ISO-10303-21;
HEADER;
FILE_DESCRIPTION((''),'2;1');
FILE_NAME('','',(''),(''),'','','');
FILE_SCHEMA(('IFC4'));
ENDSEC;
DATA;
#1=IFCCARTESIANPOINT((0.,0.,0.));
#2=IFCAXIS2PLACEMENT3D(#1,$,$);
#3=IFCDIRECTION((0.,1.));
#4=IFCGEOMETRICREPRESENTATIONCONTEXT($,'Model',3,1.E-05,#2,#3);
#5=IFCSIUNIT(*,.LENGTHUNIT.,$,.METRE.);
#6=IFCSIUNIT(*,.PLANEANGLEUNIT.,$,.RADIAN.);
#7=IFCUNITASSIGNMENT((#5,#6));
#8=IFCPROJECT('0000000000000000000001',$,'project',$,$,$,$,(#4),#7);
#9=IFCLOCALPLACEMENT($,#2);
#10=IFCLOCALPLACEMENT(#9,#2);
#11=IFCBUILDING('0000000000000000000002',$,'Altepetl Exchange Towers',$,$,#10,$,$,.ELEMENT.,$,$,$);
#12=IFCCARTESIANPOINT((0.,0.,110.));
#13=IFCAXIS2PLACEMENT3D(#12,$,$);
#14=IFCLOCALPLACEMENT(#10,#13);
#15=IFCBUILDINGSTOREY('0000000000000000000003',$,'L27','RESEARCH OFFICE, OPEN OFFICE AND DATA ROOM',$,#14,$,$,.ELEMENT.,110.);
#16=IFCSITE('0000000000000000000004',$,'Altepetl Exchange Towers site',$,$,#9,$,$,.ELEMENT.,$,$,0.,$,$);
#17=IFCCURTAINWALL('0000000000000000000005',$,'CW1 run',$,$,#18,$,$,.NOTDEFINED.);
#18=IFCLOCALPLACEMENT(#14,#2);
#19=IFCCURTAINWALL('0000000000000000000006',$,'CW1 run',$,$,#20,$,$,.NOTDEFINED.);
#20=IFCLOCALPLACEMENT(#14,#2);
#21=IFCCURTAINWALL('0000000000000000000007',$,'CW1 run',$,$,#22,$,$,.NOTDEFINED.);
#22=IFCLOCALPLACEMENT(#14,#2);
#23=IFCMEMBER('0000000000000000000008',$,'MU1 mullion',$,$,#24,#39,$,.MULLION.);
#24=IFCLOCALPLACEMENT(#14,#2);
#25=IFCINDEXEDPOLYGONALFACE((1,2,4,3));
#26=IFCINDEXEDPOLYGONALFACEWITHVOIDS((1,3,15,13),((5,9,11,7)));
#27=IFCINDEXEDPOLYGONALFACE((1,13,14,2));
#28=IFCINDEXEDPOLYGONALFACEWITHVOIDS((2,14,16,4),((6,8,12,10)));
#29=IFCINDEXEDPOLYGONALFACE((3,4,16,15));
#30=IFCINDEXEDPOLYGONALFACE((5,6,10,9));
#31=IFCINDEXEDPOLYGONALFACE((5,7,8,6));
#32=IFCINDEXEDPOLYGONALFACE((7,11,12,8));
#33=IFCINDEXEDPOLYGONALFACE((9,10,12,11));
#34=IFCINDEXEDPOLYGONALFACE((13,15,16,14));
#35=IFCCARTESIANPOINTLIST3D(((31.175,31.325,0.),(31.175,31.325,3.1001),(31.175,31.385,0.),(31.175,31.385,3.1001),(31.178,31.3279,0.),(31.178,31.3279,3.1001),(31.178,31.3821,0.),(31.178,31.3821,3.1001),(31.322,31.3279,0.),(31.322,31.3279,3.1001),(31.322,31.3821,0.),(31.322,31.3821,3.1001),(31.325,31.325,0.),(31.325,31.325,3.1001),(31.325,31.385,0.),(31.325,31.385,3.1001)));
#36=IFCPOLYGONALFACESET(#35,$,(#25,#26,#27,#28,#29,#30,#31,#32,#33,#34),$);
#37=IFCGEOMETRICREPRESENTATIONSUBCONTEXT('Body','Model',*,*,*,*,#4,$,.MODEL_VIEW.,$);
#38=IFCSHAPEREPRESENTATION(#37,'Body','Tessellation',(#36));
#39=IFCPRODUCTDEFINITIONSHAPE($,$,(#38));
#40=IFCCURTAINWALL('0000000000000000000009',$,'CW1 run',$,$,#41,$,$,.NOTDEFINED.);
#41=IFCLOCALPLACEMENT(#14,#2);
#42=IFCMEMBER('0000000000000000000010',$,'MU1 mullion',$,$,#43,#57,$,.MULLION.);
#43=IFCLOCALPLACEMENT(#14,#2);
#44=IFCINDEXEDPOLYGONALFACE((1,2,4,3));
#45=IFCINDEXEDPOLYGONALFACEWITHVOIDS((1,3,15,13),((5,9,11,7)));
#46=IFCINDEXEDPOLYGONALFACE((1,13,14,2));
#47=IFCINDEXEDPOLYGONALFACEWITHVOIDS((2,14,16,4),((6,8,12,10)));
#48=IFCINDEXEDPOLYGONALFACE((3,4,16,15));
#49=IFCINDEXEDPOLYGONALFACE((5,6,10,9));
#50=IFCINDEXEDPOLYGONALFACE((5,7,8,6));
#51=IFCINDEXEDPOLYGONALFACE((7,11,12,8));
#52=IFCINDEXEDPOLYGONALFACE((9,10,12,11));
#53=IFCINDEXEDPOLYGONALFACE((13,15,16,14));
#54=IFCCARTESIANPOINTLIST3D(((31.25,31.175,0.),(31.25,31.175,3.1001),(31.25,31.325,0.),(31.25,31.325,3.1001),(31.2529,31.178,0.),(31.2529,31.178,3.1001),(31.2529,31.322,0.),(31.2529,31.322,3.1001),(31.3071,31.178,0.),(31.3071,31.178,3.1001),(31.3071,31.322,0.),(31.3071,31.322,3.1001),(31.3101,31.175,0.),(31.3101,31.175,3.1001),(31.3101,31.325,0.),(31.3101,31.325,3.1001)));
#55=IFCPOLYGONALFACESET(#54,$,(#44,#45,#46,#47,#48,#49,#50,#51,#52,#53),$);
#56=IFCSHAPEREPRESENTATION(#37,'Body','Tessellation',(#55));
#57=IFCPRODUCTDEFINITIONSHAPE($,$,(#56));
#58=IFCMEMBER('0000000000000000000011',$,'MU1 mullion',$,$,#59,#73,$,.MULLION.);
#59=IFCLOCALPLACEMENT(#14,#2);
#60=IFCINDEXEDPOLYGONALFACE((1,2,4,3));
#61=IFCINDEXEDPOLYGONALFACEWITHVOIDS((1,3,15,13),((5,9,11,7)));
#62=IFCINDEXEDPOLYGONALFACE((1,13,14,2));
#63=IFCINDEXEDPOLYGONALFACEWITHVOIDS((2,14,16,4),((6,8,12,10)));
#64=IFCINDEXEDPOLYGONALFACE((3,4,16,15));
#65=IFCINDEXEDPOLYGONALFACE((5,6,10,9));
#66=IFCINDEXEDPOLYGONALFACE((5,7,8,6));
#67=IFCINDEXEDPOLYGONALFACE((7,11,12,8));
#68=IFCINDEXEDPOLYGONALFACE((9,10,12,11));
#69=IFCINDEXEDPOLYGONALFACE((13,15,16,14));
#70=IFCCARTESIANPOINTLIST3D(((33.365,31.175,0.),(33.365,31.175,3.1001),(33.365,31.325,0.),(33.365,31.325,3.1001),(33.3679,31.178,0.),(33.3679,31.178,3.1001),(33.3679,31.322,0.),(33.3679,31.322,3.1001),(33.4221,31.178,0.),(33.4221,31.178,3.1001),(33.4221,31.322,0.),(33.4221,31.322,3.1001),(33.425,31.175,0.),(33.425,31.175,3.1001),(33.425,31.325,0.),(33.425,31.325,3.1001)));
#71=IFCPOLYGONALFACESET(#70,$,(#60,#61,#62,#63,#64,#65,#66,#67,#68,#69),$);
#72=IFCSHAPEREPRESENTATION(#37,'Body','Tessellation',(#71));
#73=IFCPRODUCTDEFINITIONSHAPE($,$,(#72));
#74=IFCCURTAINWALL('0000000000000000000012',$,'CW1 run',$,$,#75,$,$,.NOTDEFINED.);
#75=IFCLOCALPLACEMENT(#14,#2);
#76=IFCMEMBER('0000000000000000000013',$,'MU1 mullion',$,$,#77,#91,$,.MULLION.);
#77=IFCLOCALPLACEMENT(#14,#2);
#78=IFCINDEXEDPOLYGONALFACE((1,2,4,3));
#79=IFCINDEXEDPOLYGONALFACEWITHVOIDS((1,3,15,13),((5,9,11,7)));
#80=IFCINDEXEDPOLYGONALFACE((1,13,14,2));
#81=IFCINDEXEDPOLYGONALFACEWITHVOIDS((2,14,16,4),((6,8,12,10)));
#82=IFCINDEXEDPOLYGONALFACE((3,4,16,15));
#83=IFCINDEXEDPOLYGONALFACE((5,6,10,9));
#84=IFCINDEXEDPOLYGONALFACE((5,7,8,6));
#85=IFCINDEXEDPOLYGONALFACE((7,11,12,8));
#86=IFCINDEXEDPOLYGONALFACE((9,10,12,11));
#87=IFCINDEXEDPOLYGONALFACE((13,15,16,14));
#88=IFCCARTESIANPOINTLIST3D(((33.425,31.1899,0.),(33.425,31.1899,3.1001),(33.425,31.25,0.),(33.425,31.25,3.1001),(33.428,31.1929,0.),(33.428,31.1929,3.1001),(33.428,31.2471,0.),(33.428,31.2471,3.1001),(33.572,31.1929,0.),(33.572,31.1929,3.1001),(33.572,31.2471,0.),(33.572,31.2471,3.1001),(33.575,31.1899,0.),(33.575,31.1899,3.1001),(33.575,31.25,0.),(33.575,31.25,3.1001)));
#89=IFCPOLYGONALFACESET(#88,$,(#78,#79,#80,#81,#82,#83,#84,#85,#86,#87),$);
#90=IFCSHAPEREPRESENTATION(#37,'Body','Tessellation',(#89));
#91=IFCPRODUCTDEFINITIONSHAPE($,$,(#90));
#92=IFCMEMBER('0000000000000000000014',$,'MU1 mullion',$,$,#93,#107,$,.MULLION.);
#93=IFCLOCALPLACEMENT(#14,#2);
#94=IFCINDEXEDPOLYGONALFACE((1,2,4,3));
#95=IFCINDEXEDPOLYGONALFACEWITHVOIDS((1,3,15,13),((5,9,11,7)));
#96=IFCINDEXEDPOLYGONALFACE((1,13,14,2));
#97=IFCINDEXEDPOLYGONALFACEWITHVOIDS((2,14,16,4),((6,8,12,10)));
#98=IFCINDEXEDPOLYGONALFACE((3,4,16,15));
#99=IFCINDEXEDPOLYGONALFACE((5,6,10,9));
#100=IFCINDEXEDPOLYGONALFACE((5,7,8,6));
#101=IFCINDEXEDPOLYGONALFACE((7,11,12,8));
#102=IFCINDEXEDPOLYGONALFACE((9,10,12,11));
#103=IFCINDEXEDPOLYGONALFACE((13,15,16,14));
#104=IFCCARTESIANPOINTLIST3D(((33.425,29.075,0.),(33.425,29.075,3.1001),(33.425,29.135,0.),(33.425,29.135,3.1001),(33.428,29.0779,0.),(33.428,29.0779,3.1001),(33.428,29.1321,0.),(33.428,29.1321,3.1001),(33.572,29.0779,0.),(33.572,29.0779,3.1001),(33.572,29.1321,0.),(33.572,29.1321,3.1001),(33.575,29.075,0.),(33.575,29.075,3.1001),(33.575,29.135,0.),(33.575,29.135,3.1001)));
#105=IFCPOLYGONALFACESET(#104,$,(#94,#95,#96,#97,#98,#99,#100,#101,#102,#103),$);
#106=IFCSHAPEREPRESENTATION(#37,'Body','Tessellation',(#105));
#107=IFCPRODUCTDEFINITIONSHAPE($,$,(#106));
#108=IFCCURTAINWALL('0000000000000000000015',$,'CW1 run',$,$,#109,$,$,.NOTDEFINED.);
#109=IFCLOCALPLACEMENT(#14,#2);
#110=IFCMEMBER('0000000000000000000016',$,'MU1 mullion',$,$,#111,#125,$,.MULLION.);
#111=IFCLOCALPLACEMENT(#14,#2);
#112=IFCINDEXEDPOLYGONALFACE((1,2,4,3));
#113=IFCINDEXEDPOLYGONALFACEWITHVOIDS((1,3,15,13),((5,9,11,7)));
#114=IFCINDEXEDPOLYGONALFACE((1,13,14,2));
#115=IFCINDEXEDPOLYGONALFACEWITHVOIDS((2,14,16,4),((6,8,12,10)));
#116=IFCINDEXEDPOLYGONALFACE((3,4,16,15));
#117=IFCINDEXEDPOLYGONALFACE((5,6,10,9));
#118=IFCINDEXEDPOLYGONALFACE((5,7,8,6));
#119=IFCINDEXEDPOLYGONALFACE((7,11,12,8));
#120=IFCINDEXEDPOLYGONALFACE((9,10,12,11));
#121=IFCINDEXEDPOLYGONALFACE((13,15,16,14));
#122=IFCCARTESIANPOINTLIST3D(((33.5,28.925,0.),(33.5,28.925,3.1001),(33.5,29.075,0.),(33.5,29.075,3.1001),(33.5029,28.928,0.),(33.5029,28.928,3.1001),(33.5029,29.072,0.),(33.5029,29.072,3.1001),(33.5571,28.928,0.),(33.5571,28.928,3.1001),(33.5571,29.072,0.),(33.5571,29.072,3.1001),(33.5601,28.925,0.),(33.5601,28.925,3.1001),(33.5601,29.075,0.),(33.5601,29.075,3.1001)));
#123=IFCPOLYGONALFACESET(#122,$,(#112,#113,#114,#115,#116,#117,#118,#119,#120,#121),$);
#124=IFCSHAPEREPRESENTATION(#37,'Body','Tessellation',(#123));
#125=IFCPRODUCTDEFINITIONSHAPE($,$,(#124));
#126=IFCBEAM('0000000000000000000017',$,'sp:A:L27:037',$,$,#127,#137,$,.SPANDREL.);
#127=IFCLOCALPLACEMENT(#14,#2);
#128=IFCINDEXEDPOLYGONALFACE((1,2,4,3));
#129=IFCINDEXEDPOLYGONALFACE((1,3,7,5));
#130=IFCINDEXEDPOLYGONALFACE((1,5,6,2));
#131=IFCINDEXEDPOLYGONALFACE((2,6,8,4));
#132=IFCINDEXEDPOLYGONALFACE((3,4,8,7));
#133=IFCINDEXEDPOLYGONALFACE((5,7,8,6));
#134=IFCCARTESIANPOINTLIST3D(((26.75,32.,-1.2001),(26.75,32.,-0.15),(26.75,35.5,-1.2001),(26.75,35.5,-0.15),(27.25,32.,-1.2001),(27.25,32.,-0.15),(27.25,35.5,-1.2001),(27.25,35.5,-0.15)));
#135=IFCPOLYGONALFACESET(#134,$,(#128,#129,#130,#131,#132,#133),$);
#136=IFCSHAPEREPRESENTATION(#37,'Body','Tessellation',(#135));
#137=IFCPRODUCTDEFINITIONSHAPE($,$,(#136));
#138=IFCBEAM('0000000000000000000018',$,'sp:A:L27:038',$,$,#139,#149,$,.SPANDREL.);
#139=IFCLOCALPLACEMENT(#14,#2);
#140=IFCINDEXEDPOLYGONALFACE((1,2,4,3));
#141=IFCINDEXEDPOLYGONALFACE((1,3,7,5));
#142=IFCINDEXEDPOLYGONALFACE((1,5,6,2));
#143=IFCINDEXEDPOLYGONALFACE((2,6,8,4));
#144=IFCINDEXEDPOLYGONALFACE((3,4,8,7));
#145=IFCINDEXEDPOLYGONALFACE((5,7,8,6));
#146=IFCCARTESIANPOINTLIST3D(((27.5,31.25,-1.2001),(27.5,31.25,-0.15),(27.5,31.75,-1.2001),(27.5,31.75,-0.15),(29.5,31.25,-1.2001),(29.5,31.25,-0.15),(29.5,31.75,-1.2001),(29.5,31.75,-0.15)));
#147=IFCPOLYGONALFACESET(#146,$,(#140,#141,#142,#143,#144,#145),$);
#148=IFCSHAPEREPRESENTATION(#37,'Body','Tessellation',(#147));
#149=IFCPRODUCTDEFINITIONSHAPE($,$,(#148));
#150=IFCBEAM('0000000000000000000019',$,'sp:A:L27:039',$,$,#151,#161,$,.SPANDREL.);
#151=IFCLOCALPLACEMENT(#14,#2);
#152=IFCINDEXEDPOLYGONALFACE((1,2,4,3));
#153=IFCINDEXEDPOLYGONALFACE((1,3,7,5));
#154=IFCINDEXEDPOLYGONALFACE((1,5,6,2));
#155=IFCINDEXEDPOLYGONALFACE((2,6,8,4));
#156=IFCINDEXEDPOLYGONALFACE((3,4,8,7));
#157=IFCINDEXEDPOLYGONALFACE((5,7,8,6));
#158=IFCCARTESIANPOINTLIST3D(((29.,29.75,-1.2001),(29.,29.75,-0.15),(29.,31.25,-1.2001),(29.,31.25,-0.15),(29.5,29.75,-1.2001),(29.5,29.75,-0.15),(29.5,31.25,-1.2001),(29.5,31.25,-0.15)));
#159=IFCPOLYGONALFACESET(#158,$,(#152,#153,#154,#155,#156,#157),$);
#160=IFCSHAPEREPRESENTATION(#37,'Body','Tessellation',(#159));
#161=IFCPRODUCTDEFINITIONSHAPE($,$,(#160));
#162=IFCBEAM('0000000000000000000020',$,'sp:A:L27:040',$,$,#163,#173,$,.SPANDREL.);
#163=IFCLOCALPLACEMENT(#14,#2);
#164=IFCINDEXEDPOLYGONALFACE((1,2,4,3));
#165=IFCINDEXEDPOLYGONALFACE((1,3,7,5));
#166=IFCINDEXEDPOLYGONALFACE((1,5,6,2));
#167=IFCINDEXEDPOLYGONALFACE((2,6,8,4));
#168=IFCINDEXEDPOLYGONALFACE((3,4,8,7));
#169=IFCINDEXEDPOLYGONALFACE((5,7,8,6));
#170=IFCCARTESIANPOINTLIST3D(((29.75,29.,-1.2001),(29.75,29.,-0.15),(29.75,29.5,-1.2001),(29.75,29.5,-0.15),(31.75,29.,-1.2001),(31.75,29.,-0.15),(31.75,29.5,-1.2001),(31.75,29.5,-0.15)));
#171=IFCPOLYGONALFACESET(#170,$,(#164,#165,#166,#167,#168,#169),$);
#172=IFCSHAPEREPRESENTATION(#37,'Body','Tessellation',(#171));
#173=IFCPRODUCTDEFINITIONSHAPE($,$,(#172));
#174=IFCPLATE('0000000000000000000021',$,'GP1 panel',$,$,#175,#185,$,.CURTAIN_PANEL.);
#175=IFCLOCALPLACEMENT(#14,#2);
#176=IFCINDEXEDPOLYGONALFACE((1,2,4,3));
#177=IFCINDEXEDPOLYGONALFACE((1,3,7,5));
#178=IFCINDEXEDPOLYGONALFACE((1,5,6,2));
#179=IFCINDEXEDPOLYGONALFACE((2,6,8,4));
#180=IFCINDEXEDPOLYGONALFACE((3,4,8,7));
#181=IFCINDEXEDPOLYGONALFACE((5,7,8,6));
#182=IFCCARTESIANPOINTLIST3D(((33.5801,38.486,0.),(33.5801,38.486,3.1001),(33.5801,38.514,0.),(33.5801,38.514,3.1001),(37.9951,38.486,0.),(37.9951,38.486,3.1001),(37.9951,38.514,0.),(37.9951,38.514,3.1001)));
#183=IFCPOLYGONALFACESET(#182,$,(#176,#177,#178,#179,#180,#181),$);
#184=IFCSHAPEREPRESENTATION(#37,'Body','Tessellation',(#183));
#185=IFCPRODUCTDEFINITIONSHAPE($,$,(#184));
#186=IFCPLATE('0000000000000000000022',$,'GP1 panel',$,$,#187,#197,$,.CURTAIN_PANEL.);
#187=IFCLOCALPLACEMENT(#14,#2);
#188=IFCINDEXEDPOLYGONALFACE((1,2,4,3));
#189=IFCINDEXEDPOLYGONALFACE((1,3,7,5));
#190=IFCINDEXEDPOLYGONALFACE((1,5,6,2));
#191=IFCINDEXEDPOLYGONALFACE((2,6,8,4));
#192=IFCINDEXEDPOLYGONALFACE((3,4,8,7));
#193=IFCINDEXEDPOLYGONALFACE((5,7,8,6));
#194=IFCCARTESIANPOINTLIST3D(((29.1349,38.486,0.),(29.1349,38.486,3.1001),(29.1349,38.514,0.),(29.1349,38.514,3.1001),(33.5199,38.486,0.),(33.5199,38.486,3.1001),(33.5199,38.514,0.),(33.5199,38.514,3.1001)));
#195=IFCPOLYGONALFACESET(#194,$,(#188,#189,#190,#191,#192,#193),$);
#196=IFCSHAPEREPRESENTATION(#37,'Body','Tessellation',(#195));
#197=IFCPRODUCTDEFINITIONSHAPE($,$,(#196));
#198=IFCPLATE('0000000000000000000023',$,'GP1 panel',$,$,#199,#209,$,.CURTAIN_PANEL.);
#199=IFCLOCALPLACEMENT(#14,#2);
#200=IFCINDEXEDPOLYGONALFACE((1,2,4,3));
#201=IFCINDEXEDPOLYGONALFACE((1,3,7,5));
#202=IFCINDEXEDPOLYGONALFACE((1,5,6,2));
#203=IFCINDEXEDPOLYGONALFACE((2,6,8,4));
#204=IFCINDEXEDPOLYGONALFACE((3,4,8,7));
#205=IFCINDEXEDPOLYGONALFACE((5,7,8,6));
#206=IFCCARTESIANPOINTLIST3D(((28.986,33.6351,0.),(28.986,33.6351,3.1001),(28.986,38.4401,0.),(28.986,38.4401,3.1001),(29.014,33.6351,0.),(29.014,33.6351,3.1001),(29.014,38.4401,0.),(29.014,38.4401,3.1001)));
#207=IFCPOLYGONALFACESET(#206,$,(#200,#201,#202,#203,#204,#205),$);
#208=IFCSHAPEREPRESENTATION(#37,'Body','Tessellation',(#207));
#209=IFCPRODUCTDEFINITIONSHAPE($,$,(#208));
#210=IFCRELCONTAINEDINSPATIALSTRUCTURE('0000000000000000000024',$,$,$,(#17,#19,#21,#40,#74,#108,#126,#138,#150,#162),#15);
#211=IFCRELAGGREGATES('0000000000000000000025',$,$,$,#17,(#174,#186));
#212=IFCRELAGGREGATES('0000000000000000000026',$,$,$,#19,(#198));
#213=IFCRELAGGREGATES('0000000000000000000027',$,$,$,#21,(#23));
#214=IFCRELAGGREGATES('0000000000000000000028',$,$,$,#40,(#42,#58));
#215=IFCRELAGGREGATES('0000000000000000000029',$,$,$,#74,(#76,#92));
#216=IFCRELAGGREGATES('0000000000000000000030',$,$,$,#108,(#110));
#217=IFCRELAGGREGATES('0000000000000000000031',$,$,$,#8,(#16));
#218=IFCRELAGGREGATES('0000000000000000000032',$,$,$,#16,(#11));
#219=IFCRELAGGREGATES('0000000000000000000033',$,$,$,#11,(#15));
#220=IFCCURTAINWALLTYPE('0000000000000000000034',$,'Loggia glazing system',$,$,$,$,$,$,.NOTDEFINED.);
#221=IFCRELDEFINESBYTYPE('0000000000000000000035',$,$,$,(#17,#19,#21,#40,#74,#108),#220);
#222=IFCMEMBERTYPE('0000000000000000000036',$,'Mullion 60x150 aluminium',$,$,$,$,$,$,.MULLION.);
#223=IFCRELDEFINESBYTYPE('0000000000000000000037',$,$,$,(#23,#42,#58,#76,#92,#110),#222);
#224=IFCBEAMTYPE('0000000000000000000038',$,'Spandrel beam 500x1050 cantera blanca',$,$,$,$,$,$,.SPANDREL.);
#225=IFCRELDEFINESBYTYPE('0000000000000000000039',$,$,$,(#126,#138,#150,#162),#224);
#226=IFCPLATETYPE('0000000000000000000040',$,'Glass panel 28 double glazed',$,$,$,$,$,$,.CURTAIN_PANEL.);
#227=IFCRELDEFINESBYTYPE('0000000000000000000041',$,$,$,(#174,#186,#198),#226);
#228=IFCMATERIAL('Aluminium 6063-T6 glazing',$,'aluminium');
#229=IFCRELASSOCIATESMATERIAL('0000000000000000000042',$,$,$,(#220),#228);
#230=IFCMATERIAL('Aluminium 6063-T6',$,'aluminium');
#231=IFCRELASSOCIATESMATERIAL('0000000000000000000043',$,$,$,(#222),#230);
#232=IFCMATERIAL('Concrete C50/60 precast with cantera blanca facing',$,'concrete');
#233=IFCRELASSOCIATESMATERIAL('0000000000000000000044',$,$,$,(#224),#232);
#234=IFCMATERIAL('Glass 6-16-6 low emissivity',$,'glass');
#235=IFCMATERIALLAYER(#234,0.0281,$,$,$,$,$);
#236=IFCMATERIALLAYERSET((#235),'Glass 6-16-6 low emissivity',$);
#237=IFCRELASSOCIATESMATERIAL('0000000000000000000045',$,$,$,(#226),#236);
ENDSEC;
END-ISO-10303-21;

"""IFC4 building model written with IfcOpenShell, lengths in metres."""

from ifc_helpers import new_model, si_unit, direction, frame, origin, origin_2d, place, context, subcontext, project, spatial, rectangle, hollow_rectangle, extrude, material, layer, layer_set, material_profile, profile_set, type_object, element, aggregate, save


model = new_model("IFC4")

# Units and contexts
model_context = context("Model", 3, precision=1e-05, world=origin(), true_north=direction((0.0, 1.0)))
body_context = subcontext(model_context, "Body", "Model", "MODEL_VIEW")
ifc_project = project(units=[si_unit("LENGTHUNIT", "METRE"), si_unit("PLANEANGLEUNIT", "RADIAN")], contexts=[model_context])

# Site, building, storey
site_placement = place(None, origin())
site = spatial("IfcSite", under=ifc_project, at=site_placement, Name="Altepetl Exchange Towers site", CompositionType="ELEMENT", RefElevation=0.0)
building_placement = place(site_placement, origin())
building = spatial("IfcBuilding", under=site, at=building_placement, Name="Altepetl Exchange Towers", CompositionType="ELEMENT")
storey_placement = place(building_placement, frame((0.0, 0.0, 110.0)))
storey = spatial("IfcBuildingStorey", under=building, at=storey_placement, Name="L27", Description="RESEARCH OFFICE, OPEN OFFICE AND DATA ROOM", CompositionType="ELEMENT", Elevation=110.0)

# Curtain walls, members
ifc_material_1 = material(Name="Aluminium 6063-T6 glazing", Category="aluminium")
curtain_wall_type = type_object("IfcCurtainWallType", Name="Loggia glazing system", PredefinedType="NOTDEFINED", material=ifc_material_1)
curtain_wall_1_placement = place(storey_placement, origin())
curtain_wall_1 = element("IfcCurtainWall", 1, at=curtain_wall_1_placement, inside=storey, type_object=curtain_wall_type, Name="CW1 run", PredefinedType="NOTDEFINED")
ifc_material_2 = material(Name="Aluminium 6063-T6", Category="aluminium")
ifc_material_profile_1 = material_profile(ifc_material_2, hollow_rectangle(XDim=0.0601, YDim=0.1499, WallThickness=0.0029, at=origin_2d()), Name="Mullion 60x150 aluminium")
ifc_profile_set_1 = profile_set([ifc_material_profile_1], Name="Aluminium 6063-T6")
member_type = type_object("IfcMemberType", Name="Mullion 60x150 aluminium", PredefinedType="MULLION", material=ifc_profile_set_1)
curtain_wall_2_placement = place(storey_placement, origin())
curtain_wall_2 = element("IfcCurtainWall", 2, at=curtain_wall_2_placement, inside=storey, type_object=curtain_wall_type, Name="CW1 run", PredefinedType="NOTDEFINED")
curtain_wall_3_placement = place(storey_placement, origin())
curtain_wall_3 = element("IfcCurtainWall", 3, at=curtain_wall_3_placement, inside=storey, type_object=curtain_wall_type, Name="CW1 run", PredefinedType="NOTDEFINED")
member_1_placement = place(storey_placement, frame((31.25, 31.355, 0.0), z_axis=(0.0, 0.0, 1.0), x_axis=(0.0, -1.0, 0.0)))
member_1 = element("IfcMember", 4, at=member_1_placement, type_object=member_type, Name="MU1 mullion", PredefinedType="MULLION", context=body_context, shape_type="SweptSolid", body=[
    extrude(hollow_rectangle(XDim=0.0601, YDim=0.1499, WallThickness=0.0029, at=origin_2d()), origin(), (0.0, 0.0, 1.0), 3.1001),
])
curtain_wall_4_placement = place(storey_placement, origin())
curtain_wall_4 = element("IfcCurtainWall", 5, at=curtain_wall_4_placement, inside=storey, type_object=curtain_wall_type, Name="CW1 run", PredefinedType="NOTDEFINED")
member_2_placement = place(storey_placement, frame((31.28, 31.25, 0.0)))
member_2 = element("IfcMember", 6, at=member_2_placement, type_object=member_type, Name="MU1 mullion", PredefinedType="MULLION", context=body_context, shape_type="SweptSolid", body=[
    extrude(hollow_rectangle(XDim=0.0601, YDim=0.1499, WallThickness=0.0029, at=origin_2d()), origin(), (0.0, 0.0, 1.0), 3.1001),
])
member_3_placement = place(storey_placement, frame((33.395, 31.25, 0.0)))
member_3 = element("IfcMember", 7, at=member_3_placement, type_object=member_type, Name="MU1 mullion", PredefinedType="MULLION", context=body_context, shape_type="SweptSolid", body=[
    extrude(hollow_rectangle(XDim=0.0601, YDim=0.1499, WallThickness=0.0029, at=origin_2d()), origin(), (0.0, 0.0, 1.0), 3.1001),
])
curtain_wall_5_placement = place(storey_placement, origin())
curtain_wall_5 = element("IfcCurtainWall", 8, at=curtain_wall_5_placement, inside=storey, type_object=curtain_wall_type, Name="CW1 run", PredefinedType="NOTDEFINED")
member_4_placement = place(storey_placement, frame((33.5, 31.22, 0.0), z_axis=(0.0, 0.0, 1.0), x_axis=(0.0, -1.0, 0.0)))
member_4 = element("IfcMember", 9, at=member_4_placement, type_object=member_type, Name="MU1 mullion", PredefinedType="MULLION", context=body_context, shape_type="SweptSolid", body=[
    extrude(hollow_rectangle(XDim=0.0601, YDim=0.1499, WallThickness=0.0029, at=origin_2d()), origin(), (0.0, 0.0, 1.0), 3.1001),
])
member_5_placement = place(storey_placement, frame((33.5, 29.105, 0.0), z_axis=(0.0, 0.0, 1.0), x_axis=(0.0, -1.0, 0.0)))
member_5 = element("IfcMember", 10, at=member_5_placement, type_object=member_type, Name="MU1 mullion", PredefinedType="MULLION", context=body_context, shape_type="SweptSolid", body=[
    extrude(hollow_rectangle(XDim=0.0601, YDim=0.1499, WallThickness=0.0029, at=origin_2d()), origin(), (0.0, 0.0, 1.0), 3.1001),
])

# Curtain wall, member
curtain_wall_6_placement = place(storey_placement, origin())
curtain_wall_6 = element("IfcCurtainWall", 11, at=curtain_wall_6_placement, inside=storey, type_object=curtain_wall_type, Name="CW1 run", PredefinedType="NOTDEFINED")
member_6_placement = place(storey_placement, frame((33.53, 29.0, 0.0)))
member_6 = element("IfcMember", 12, at=member_6_placement, type_object=member_type, Name="MU1 mullion", PredefinedType="MULLION", context=body_context, shape_type="SweptSolid", body=[
    extrude(hollow_rectangle(XDim=0.0601, YDim=0.1499, WallThickness=0.0029, at=origin_2d()), origin(), (0.0, 0.0, 1.0), 3.1001),
])

# Beams
ifc_material_3 = material(Name="Concrete C50/60 precast with cantera blanca facing", Category="concrete")
ifc_material_profile_2 = material_profile(ifc_material_3, rectangle(XDim=0.5, YDim=1.05, at=origin_2d()), Name="500 x 1050")
ifc_profile_set_2 = profile_set([ifc_material_profile_2], Name="Concrete C50/60 precast with cantera blanca facing")
beam_type_1 = type_object("IfcBeamType", Name="Spandrel beam 500x1050 cantera blanca", PredefinedType="SPANDREL", material=ifc_profile_set_2)
beam_1_placement = place(storey_placement, frame((27.0, 35.5, -0.675), z_axis=(0.0, -1.0, 0.0), x_axis=(1.0, 0.0, 0.0)))
element("IfcBeam", 13, at=beam_1_placement, inside=storey, type_object=beam_type_1, Name="sp:A:L27:037", PredefinedType="SPANDREL", context=body_context, shape_type="SweptSolid", body=[
    extrude(rectangle(XDim=0.5, YDim=1.05, at=origin_2d()), origin(), (0.0, 0.0, 1.0), 3.5),
])
beam_2_placement = place(storey_placement, frame((27.5, 31.5, -0.675), z_axis=(1.0, 0.0, 0.0), x_axis=(0.0, 1.0, 0.0)))
element("IfcBeam", 14, at=beam_2_placement, inside=storey, type_object=beam_type_1, Name="sp:A:L27:038", PredefinedType="SPANDREL", context=body_context, shape_type="SweptSolid", body=[
    extrude(rectangle(XDim=0.5, YDim=1.05, at=origin_2d()), origin(), (0.0, 0.0, 1.0), 2.0),
])
beam_3_placement = place(storey_placement, frame((29.25, 31.25, -0.675), z_axis=(0.0, -1.0, 0.0), x_axis=(1.0, 0.0, 0.0)))
element("IfcBeam", 15, at=beam_3_placement, inside=storey, type_object=beam_type_1, Name="sp:A:L27:039", PredefinedType="SPANDREL", context=body_context, shape_type="SweptSolid", body=[
    extrude(rectangle(XDim=0.5, YDim=1.05, at=origin_2d()), origin(), (0.0, 0.0, 1.0), 1.5),
])
beam_4_placement = place(storey_placement, frame((29.75, 29.25, -0.675), z_axis=(1.0, 0.0, 0.0), x_axis=(0.0, 1.0, 0.0)))
element("IfcBeam", 16, at=beam_4_placement, inside=storey, type_object=beam_type_1, Name="sp:A:L27:040", PredefinedType="SPANDREL", context=body_context, shape_type="SweptSolid", body=[
    extrude(rectangle(XDim=0.5, YDim=1.05, at=origin_2d()), origin(), (0.0, 0.0, 1.0), 2.0),
])

# Plates
ifc_material_4 = material(Name="Glass 6-16-6 low emissivity", Category="glass")
ifc_layer = layer(ifc_material_4, 0.0281)
ifc_layer_set = layer_set([ifc_layer], Name="Glass 6-16-6 low emissivity")
plate_type = type_object("IfcPlateType", Name="Glass panel 28 double glazed", PredefinedType="CURTAIN_PANEL", material=ifc_layer_set)
plate_1_placement = place(storey_placement, frame((35.7876, 38.5, 0.0), z_axis=(0.0, 0.0, 1.0), x_axis=(-1.0, 0.0, 0.0)))
plate_1 = element("IfcPlate", 17, at=plate_1_placement, type_object=plate_type, Name="GP1 panel", PredefinedType="CURTAIN_PANEL", context=body_context, shape_type="SweptSolid", body=[
    extrude(rectangle(XDim=4.415, YDim=0.0281, at=origin_2d()), origin(), (0.0, 0.0, 1.0), 3.1001),
])
plate_2_placement = place(storey_placement, frame((31.3274, 38.5, 0.0), z_axis=(0.0, 0.0, 1.0), x_axis=(-1.0, 0.0, 0.0)))
plate_2 = element("IfcPlate", 18, at=plate_2_placement, type_object=plate_type, Name="GP1 panel", PredefinedType="CURTAIN_PANEL", context=body_context, shape_type="SweptSolid", body=[
    extrude(rectangle(XDim=4.385, YDim=0.0281, at=origin_2d()), origin(), (0.0, 0.0, 1.0), 3.1001),
])
aggregate(curtain_wall_1, [plate_1, plate_2])
plate_3_placement = place(storey_placement, frame((29.0, 36.0376, 0.0), z_axis=(0.0, 0.0, 1.0), x_axis=(0.0, -1.0, 0.0)))
plate_3 = element("IfcPlate", 19, at=plate_3_placement, type_object=plate_type, Name="GP1 panel", PredefinedType="CURTAIN_PANEL", context=body_context, shape_type="SweptSolid", body=[
    extrude(rectangle(XDim=4.8049, YDim=0.0281, at=origin_2d()), origin(), (0.0, 0.0, 1.0), 3.1001),
])
aggregate(curtain_wall_2, [plate_3])
aggregate(curtain_wall_3, [member_1])
aggregate(curtain_wall_4, [member_2, member_3])
aggregate(curtain_wall_5, [member_4, member_5])
aggregate(curtain_wall_6, [member_6])

save(model, "model.ifc")
